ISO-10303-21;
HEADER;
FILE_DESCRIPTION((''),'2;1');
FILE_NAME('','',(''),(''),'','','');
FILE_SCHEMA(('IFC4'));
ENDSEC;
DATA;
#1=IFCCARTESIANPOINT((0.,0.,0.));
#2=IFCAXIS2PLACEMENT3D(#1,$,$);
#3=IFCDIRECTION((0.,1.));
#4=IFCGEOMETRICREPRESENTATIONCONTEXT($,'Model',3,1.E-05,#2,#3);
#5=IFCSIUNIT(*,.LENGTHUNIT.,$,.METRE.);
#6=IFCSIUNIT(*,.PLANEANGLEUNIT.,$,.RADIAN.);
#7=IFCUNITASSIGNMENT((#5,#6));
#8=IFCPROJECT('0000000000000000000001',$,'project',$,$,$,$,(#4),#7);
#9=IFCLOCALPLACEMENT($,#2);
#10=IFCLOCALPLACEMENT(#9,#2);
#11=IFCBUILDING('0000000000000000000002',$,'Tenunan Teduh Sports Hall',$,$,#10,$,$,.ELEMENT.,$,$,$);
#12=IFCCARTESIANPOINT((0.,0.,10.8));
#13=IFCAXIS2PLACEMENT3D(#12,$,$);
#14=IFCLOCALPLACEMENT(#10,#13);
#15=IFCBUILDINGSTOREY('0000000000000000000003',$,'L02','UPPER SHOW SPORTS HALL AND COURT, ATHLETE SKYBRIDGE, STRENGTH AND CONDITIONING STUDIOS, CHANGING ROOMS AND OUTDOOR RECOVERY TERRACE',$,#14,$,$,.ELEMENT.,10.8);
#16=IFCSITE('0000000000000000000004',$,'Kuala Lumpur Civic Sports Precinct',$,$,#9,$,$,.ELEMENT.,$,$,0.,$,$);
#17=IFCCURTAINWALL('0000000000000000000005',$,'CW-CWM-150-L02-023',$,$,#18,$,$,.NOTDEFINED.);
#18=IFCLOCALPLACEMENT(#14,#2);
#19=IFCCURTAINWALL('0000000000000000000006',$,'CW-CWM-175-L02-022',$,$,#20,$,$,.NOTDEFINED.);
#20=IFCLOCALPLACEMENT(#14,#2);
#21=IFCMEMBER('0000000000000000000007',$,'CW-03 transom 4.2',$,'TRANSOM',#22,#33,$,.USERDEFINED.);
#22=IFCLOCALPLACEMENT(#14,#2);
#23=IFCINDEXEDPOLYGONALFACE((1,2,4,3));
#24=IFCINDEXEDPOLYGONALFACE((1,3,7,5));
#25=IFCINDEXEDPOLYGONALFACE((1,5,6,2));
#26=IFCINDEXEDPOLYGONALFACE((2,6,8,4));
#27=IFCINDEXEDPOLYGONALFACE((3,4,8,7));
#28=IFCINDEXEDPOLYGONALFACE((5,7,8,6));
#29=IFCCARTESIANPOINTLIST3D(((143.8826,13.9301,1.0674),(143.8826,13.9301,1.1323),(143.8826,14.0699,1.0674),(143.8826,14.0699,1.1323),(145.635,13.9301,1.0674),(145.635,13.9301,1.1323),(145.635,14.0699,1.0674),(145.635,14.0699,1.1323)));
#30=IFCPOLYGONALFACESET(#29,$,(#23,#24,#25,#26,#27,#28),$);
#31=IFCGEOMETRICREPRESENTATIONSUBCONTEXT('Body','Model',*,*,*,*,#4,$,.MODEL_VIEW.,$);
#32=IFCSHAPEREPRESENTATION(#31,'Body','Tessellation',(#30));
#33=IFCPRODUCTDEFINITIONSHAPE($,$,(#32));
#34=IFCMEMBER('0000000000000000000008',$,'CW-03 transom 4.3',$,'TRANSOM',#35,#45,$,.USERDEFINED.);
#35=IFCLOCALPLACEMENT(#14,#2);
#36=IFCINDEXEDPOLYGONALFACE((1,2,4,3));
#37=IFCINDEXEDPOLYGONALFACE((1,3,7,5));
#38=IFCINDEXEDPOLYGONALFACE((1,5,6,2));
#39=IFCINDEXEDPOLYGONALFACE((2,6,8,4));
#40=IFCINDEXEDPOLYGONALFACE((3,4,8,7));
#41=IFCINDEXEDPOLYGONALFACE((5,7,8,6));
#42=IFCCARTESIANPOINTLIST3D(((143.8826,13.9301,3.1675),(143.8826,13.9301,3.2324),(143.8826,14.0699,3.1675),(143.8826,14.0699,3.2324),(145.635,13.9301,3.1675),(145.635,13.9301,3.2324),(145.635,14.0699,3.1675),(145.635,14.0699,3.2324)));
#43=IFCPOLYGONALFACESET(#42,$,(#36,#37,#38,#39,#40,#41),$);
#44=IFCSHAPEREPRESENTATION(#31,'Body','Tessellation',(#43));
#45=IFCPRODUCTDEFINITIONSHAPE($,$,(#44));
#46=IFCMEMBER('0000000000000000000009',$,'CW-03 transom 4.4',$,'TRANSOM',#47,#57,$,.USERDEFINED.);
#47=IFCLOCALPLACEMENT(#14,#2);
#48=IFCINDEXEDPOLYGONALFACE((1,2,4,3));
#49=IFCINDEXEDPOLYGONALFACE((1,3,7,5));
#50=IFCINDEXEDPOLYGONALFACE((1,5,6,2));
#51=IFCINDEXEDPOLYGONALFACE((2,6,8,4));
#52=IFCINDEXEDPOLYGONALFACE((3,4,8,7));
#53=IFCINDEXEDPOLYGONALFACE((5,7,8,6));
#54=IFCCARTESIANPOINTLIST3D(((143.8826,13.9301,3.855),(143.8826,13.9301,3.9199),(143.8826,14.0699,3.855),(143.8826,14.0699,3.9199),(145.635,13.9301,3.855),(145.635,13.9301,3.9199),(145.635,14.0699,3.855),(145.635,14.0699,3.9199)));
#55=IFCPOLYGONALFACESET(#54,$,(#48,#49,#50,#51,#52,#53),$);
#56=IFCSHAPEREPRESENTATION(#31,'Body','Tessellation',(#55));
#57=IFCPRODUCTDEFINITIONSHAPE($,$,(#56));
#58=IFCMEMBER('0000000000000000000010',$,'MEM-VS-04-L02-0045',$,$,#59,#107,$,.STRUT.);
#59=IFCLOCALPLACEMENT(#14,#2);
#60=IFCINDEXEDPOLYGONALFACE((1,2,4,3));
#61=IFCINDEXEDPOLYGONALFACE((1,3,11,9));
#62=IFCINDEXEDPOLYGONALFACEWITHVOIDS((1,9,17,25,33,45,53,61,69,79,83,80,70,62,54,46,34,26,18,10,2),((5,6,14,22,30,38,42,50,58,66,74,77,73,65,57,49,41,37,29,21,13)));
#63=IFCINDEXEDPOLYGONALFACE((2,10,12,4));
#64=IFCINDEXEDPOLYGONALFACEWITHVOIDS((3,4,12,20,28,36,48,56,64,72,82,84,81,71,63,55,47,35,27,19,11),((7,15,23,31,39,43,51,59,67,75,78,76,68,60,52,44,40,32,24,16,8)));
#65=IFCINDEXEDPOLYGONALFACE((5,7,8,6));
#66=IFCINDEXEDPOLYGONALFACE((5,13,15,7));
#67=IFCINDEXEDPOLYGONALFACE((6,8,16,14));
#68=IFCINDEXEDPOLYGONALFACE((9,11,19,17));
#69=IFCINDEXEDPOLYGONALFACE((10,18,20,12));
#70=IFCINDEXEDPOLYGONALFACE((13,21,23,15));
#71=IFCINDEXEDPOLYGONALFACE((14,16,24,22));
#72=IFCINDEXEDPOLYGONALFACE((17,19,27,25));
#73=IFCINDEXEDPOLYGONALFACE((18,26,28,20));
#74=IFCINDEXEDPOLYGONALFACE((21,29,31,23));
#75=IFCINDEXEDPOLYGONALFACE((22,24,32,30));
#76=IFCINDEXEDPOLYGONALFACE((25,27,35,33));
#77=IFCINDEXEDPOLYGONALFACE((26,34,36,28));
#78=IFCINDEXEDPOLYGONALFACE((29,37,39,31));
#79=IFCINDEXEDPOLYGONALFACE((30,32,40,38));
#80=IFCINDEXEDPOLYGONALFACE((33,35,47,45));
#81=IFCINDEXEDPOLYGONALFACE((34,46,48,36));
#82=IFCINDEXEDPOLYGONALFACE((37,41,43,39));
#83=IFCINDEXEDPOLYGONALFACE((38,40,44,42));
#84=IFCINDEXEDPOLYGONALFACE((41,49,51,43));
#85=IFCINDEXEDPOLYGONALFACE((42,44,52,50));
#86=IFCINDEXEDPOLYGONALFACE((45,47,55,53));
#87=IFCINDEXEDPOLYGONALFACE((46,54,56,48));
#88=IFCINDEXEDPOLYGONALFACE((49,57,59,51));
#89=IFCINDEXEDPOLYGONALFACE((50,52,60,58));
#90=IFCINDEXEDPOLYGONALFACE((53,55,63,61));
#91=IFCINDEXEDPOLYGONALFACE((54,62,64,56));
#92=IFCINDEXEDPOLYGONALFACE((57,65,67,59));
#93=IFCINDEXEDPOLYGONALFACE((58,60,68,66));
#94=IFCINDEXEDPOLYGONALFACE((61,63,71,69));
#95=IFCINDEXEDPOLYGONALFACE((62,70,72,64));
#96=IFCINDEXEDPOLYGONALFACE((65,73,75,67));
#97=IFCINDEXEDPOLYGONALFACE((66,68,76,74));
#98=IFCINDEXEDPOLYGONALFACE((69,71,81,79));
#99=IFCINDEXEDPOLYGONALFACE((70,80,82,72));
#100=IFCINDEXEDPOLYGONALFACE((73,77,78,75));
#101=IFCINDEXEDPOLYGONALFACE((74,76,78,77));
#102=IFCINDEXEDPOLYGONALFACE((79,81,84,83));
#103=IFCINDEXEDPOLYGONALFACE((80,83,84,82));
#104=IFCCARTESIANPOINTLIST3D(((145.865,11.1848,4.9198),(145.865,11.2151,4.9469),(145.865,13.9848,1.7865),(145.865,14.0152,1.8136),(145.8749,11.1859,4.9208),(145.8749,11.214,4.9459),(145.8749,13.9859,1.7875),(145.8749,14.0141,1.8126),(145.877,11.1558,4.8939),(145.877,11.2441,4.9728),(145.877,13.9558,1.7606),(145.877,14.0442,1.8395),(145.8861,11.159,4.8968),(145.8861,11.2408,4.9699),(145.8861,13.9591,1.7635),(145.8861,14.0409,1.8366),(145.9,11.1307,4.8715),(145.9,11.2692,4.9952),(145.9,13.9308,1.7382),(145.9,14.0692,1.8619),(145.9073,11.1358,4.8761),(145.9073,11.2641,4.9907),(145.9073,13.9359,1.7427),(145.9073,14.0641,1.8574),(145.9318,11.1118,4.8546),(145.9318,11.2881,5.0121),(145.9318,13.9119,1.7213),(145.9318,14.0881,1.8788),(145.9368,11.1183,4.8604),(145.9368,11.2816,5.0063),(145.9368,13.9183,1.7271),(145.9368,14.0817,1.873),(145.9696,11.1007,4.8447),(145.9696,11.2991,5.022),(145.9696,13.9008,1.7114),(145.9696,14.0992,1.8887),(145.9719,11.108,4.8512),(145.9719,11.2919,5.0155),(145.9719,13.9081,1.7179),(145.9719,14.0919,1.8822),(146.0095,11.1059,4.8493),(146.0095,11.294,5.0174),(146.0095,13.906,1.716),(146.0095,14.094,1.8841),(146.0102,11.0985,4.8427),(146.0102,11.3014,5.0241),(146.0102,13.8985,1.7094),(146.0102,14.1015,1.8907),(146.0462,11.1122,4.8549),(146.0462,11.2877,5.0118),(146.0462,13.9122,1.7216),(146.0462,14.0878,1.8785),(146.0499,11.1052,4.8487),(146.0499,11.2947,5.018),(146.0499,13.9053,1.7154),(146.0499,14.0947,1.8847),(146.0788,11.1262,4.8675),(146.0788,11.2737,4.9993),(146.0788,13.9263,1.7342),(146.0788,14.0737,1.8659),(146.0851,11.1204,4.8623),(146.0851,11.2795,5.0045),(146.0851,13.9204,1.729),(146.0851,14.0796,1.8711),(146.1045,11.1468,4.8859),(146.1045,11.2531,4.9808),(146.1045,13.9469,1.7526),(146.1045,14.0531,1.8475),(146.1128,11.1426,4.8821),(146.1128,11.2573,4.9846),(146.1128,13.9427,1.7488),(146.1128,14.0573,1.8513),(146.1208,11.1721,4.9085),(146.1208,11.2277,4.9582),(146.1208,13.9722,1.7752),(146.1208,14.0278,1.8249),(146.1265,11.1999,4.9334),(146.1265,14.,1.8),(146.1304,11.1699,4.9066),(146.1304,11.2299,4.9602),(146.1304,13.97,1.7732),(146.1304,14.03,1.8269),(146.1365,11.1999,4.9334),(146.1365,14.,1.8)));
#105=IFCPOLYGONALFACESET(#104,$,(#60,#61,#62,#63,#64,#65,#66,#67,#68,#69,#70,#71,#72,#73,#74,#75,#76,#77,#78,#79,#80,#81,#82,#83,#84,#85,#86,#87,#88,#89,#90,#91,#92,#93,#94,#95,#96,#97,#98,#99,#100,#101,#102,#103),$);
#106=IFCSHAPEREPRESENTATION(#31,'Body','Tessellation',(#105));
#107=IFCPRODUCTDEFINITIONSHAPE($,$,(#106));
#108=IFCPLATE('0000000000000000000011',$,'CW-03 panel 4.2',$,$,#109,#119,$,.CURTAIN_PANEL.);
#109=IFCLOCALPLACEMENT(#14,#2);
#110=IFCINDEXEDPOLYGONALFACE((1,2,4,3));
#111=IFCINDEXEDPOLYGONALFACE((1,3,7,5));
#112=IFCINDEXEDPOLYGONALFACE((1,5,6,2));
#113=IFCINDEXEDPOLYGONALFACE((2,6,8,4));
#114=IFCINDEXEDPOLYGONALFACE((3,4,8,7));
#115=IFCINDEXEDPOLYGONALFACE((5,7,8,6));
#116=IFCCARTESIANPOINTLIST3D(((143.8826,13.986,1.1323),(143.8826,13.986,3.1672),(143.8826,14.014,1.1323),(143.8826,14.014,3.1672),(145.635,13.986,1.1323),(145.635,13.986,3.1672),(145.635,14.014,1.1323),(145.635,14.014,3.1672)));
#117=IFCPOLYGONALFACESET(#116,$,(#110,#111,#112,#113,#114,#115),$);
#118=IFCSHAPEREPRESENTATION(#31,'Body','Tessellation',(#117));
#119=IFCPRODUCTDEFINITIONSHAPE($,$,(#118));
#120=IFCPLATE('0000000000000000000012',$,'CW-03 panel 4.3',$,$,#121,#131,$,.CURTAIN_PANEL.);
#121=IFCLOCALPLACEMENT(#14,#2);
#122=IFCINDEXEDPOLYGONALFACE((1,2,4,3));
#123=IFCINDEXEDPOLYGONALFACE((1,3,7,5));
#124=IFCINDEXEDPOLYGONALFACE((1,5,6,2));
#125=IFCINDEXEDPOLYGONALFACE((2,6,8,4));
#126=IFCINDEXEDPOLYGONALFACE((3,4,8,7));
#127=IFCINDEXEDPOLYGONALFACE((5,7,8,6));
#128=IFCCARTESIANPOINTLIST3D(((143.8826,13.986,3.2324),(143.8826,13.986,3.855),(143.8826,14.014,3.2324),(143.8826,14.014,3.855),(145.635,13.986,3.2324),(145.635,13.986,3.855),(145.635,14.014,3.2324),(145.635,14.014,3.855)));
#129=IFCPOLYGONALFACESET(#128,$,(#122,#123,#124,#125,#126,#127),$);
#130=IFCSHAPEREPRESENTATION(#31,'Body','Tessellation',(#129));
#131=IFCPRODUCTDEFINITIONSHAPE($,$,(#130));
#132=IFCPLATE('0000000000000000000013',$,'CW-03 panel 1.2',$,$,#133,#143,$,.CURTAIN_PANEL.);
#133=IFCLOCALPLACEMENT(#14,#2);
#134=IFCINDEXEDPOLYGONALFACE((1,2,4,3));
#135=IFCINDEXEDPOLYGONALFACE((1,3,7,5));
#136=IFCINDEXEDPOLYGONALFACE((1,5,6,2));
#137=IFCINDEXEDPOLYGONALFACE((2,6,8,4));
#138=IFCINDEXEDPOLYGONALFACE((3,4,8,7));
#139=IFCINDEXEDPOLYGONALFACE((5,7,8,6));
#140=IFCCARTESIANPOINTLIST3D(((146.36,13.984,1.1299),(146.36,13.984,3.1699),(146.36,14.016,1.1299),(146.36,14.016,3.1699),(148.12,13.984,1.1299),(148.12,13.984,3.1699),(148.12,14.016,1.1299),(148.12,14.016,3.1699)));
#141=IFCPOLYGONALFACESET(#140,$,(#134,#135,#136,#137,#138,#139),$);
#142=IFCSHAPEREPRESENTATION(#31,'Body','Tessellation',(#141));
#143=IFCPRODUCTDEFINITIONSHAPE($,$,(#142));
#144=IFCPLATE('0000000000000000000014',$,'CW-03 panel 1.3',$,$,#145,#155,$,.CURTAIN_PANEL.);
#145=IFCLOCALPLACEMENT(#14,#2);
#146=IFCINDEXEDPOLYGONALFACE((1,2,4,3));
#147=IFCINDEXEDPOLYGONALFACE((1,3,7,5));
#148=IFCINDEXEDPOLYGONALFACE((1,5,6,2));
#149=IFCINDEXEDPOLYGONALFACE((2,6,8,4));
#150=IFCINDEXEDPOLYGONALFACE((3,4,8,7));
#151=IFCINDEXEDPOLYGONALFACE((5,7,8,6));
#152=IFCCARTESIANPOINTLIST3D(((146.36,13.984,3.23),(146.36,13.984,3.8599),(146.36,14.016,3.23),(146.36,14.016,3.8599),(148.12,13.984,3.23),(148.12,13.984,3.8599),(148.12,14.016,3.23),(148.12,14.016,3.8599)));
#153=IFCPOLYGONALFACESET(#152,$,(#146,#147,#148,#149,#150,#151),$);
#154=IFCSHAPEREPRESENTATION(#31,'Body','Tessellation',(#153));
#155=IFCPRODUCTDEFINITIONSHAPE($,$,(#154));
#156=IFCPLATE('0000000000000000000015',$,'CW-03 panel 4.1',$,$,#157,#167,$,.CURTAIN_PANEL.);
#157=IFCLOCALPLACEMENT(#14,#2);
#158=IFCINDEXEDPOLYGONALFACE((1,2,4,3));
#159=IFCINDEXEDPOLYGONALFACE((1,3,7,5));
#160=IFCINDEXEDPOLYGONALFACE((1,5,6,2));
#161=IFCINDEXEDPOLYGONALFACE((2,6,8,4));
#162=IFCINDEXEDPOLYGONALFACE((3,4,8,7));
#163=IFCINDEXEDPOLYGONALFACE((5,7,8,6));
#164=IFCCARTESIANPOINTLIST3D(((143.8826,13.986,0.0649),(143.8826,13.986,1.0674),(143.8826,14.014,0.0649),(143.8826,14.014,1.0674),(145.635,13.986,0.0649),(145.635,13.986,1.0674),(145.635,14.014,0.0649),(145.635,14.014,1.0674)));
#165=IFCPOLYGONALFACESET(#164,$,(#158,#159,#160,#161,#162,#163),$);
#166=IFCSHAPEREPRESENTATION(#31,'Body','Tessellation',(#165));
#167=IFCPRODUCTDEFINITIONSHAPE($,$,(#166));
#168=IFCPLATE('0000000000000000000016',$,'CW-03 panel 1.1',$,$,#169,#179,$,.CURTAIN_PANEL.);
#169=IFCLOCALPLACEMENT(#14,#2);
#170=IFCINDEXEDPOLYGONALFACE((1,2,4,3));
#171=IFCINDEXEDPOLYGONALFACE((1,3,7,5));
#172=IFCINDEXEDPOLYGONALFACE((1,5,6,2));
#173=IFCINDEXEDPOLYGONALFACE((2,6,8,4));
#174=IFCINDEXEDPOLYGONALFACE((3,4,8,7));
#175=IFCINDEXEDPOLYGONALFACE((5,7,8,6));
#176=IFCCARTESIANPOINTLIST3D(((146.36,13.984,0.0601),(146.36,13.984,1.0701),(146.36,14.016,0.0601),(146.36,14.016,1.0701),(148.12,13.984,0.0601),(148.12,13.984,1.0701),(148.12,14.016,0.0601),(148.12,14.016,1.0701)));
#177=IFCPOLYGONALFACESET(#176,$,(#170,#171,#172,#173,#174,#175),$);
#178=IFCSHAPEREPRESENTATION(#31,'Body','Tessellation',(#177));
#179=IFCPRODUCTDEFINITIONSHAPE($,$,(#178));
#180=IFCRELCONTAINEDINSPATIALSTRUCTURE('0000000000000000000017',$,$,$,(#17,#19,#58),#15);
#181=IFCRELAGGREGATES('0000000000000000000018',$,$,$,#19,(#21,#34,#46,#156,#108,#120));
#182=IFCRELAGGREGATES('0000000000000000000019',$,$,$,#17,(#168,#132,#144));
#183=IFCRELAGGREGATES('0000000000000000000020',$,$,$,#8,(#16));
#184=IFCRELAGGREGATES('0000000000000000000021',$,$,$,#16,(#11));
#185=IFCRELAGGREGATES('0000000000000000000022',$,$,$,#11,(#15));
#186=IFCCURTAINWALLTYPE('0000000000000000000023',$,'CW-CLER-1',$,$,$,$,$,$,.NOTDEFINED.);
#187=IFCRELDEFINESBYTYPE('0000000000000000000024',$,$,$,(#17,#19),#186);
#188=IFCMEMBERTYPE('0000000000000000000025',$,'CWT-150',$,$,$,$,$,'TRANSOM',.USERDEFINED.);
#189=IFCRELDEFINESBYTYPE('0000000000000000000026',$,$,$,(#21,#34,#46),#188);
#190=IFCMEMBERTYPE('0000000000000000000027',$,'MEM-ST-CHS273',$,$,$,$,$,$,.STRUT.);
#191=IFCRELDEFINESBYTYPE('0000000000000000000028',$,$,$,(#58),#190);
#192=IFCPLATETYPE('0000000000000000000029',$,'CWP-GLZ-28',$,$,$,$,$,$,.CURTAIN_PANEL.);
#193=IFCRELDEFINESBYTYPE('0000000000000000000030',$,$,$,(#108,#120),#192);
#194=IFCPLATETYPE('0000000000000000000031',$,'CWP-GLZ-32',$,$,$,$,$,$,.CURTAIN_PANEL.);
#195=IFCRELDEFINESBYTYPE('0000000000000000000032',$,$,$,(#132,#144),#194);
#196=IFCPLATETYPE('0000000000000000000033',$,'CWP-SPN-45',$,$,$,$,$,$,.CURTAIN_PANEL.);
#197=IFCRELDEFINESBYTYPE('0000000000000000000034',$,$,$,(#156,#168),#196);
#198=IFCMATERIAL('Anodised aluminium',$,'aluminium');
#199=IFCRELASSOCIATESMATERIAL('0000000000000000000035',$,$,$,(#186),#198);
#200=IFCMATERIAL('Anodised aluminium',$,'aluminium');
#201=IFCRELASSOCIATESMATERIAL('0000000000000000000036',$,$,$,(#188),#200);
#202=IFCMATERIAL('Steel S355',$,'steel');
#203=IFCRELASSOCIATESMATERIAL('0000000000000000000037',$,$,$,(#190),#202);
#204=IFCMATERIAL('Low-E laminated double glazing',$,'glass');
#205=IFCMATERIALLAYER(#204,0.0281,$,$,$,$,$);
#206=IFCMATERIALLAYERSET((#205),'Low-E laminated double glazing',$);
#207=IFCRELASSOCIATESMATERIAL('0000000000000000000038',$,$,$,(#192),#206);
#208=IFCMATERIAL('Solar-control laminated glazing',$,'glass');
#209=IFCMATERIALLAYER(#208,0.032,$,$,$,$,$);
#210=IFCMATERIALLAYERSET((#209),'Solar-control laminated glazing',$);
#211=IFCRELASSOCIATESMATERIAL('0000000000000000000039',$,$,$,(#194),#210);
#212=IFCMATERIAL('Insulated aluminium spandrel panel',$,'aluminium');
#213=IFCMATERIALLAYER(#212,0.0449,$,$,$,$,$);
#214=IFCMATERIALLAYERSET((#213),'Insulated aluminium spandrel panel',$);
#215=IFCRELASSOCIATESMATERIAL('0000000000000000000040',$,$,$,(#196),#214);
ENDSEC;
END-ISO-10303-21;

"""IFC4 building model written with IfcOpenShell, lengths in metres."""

from ifc_helpers import new_model, si_unit, direction, frame, origin, origin_2d, place, context, subcontext, project, spatial, rectangle, hollow_circle, extrude, material, layer, layer_set, material_profile, profile_set, type_object, element, aggregate, save


model = new_model("IFC4")

# Units and contexts
model_context = context("Model", 3, precision=1e-05, world=origin(), true_north=direction((0.0, 1.0)))
body_context = subcontext(model_context, "Body", "Model", "MODEL_VIEW")
ifc_project = project(units=[si_unit("LENGTHUNIT", "METRE"), si_unit("PLANEANGLEUNIT", "RADIAN")], contexts=[model_context])

# Site, building, storey
site_placement = place(None, origin())
site = spatial("IfcSite", under=ifc_project, at=site_placement, Name="Kuala Lumpur Civic Sports Precinct", CompositionType="ELEMENT", RefElevation=0.0)
building_placement = place(site_placement, origin())
building = spatial("IfcBuilding", under=site, at=building_placement, Name="Tenunan Teduh Sports Hall", CompositionType="ELEMENT")
storey_placement = place(building_placement, frame((0.0, 0.0, 10.8)))
storey = spatial("IfcBuildingStorey", under=building, at=storey_placement, Name="L02", Description="UPPER SHOW SPORTS HALL AND COURT, ATHLETE SKYBRIDGE, STRENGTH AND CONDITIONING STUDIOS, CHANGING ROOMS AND OUTDOOR RECOVERY TERRACE", CompositionType="ELEMENT", Elevation=10.8)

# Curtain walls
ifc_material_1 = material(Name="Anodised aluminium", Category="aluminium")
curtain_wall_type = type_object("IfcCurtainWallType", Name="CW-CLER-1", PredefinedType="NOTDEFINED", material=ifc_material_1)
curtain_wall_1_placement = place(storey_placement, origin())
curtain_wall_1 = element("IfcCurtainWall", 1, at=curtain_wall_1_placement, inside=storey, type_object=curtain_wall_type, Name="CW-CWM-150-L02-023", PredefinedType="NOTDEFINED")
curtain_wall_2_placement = place(storey_placement, origin())
curtain_wall_2 = element("IfcCurtainWall", 2, at=curtain_wall_2_placement, inside=storey, type_object=curtain_wall_type, Name="CW-CWM-175-L02-022", PredefinedType="NOTDEFINED")

# Members
ifc_material_2 = material(Name="Anodised aluminium", Category="aluminium")
ifc_material_profile_1 = material_profile(ifc_material_2, rectangle(XDim=0.0649, YDim=0.1399, at=origin_2d()), Name="CWT 65x140")
ifc_profile_set_1 = profile_set([ifc_material_profile_1], Name="Anodised aluminium")
member_type_1 = type_object("IfcMemberType", Name="CWT-150", ElementType="TRANSOM", PredefinedType="USERDEFINED", material=ifc_profile_set_1)
member_1_placement = place(storey_placement, frame((143.8826, 14.0, 1.0999), z_axis=(1.0, 0.0, 0.0), x_axis=(0.0, 0.0, 1.0)))
member_1 = element("IfcMember", 3, at=member_1_placement, type_object=member_type_1, Name="CW-03 transom 4.2", ObjectType="TRANSOM", PredefinedType="USERDEFINED", context=body_context, shape_type="SweptSolid", body=[
    extrude(rectangle(XDim=0.0649, YDim=0.1399, at=origin_2d()), origin(), (0.0, 0.0, 1.0), 1.7524),
])
member_2_placement = place(storey_placement, frame((143.8826, 14.0, 3.2), z_axis=(1.0, 0.0, 0.0), x_axis=(0.0, 0.0, 1.0)))
member_2 = element("IfcMember", 4, at=member_2_placement, type_object=member_type_1, Name="CW-03 transom 4.3", ObjectType="TRANSOM", PredefinedType="USERDEFINED", context=body_context, shape_type="SweptSolid", body=[
    extrude(rectangle(XDim=0.0649, YDim=0.1399, at=origin_2d()), origin(), (0.0, 0.0, 1.0), 1.7524),
])
member_3_placement = place(storey_placement, frame((143.8826, 14.0, 3.8875), z_axis=(1.0, 0.0, 0.0), x_axis=(0.0, 0.0, 1.0)))
member_3 = element("IfcMember", 5, at=member_3_placement, type_object=member_type_1, Name="CW-03 transom 4.4", ObjectType="TRANSOM", PredefinedType="USERDEFINED", context=body_context, shape_type="SweptSolid", body=[
    extrude(rectangle(XDim=0.0649, YDim=0.1399, at=origin_2d()), origin(), (0.0, 0.0, 1.0), 1.7524),
])
ifc_material_3 = material(Name="Steel S355", Category="steel")
ifc_material_profile_2 = material_profile(ifc_material_3, hollow_circle(Radius=0.1365, WallThickness=0.01, at=origin_2d()), Name="CHS 273.0x10.0")
ifc_profile_set_2 = profile_set([ifc_material_profile_2], Name="Steel S355")
member_type_2 = type_object("IfcMemberType", Name="MEM-ST-CHS273", PredefinedType="STRUT", material=ifc_profile_set_2)
member_4_placement = place(storey_placement, frame((146.0, 14.0, 1.8), z_axis=(0.0, -0.666341, 0.745647), x_axis=(1.0, 0.0, 0.0)))
element("IfcMember", 6, at=member_4_placement, inside=storey, type_object=member_type_2, Name="MEM-VS-04-L02-0045", PredefinedType="STRUT", context=body_context, shape_type="SweptSolid", body=[
    extrude(hollow_circle(Radius=0.1365, WallThickness=0.01, at=origin_2d()), origin(), (0.0, 0.0, 1.0), 4.2021),
])

# Plates
ifc_material_4 = material(Name="Low-E laminated double glazing", Category="glass")
ifc_layer_1 = layer(ifc_material_4, 0.0281)
ifc_layer_set_1 = layer_set([ifc_layer_1], Name="Low-E laminated double glazing")
plate_type_1 = type_object("IfcPlateType", Name="CWP-GLZ-28", PredefinedType="CURTAIN_PANEL", material=ifc_layer_set_1)
plate_1_placement = place(storey_placement, frame((144.7588, 14.0, 1.1323), z_axis=(0.0, 0.0, 1.0), x_axis=(1.0, 0.0, 0.0)))
plate_1 = element("IfcPlate", 7, at=plate_1_placement, type_object=plate_type_1, Name="CW-03 panel 4.2", PredefinedType="CURTAIN_PANEL", context=body_context, shape_type="SweptSolid", body=[
    extrude(rectangle(XDim=1.7524, YDim=0.0281, at=origin_2d()), origin(), (0.0, 0.0, 1.0), 2.0349),
])
plate_2_placement = place(storey_placement, frame((144.7588, 14.0, 3.2324), z_axis=(0.0, 0.0, 1.0), x_axis=(1.0, 0.0, 0.0)))
plate_2 = element("IfcPlate", 8, at=plate_2_placement, type_object=plate_type_1, Name="CW-03 panel 4.3", PredefinedType="CURTAIN_PANEL", context=body_context, shape_type="SweptSolid", body=[
    extrude(rectangle(XDim=1.7524, YDim=0.0281, at=origin_2d()), origin(), (0.0, 0.0, 1.0), 0.6226),
])
ifc_material_5 = material(Name="Solar-control laminated glazing", Category="glass")
ifc_layer_2 = layer(ifc_material_5, 0.032)
ifc_layer_set_2 = layer_set([ifc_layer_2], Name="Solar-control laminated glazing")
plate_type_2 = type_object("IfcPlateType", Name="CWP-GLZ-32", PredefinedType="CURTAIN_PANEL", material=ifc_layer_set_2)
plate_3_placement = place(storey_placement, frame((147.24, 14.0, 1.1299), z_axis=(0.0, 0.0, 1.0), x_axis=(1.0, 0.0, 0.0)))
plate_3 = element("IfcPlate", 9, at=plate_3_placement, type_object=plate_type_2, Name="CW-03 panel 1.2", PredefinedType="CURTAIN_PANEL", context=body_context, shape_type="SweptSolid", body=[
    extrude(rectangle(XDim=1.76, YDim=0.032, at=origin_2d()), origin(), (0.0, 0.0, 1.0), 2.04),
])
plate_4_placement = place(storey_placement, frame((147.24, 14.0, 3.23), z_axis=(0.0, 0.0, 1.0), x_axis=(1.0, 0.0, 0.0)))
plate_4 = element("IfcPlate", 10, at=plate_4_placement, type_object=plate_type_2, Name="CW-03 panel 1.3", PredefinedType="CURTAIN_PANEL", context=body_context, shape_type="SweptSolid", body=[
    extrude(rectangle(XDim=1.76, YDim=0.032, at=origin_2d()), origin(), (0.0, 0.0, 1.0), 0.6299),
])
ifc_material_6 = material(Name="Insulated aluminium spandrel panel", Category="aluminium")
ifc_layer_3 = layer(ifc_material_6, 0.0449)
ifc_layer_set_3 = layer_set([ifc_layer_3], Name="Insulated aluminium spandrel panel")
plate_type_3 = type_object("IfcPlateType", Name="CWP-SPN-45", PredefinedType="CURTAIN_PANEL", material=ifc_layer_set_3)
plate_5_placement = place(storey_placement, frame((144.7588, 14.0, 0.0649), z_axis=(0.0, 0.0, 1.0), x_axis=(1.0, 0.0, 0.0)))
plate_5 = element("IfcPlate", 11, at=plate_5_placement, type_object=plate_type_3, Name="CW-03 panel 4.1", PredefinedType="CURTAIN_PANEL", context=body_context, shape_type="SweptSolid", body=[
    extrude(rectangle(XDim=1.7524, YDim=0.0281, at=origin_2d()), origin(), (0.0, 0.0, 1.0), 1.0024),
])
aggregate(curtain_wall_2, [member_1, member_2, member_3, plate_5, plate_1, plate_2])
plate_6_placement = place(storey_placement, frame((147.24, 14.0, 0.0601), z_axis=(0.0, 0.0, 1.0), x_axis=(1.0, 0.0, 0.0)))
plate_6 = element("IfcPlate", 12, at=plate_6_placement, type_object=plate_type_3, Name="CW-03 panel 1.1", PredefinedType="CURTAIN_PANEL", context=body_context, shape_type="SweptSolid", body=[
    extrude(rectangle(XDim=1.76, YDim=0.032, at=origin_2d()), origin(), (0.0, 0.0, 1.0), 1.01),
])
aggregate(curtain_wall_1, [plate_6, plate_3, plate_4])

save(model, "model.ifc")
